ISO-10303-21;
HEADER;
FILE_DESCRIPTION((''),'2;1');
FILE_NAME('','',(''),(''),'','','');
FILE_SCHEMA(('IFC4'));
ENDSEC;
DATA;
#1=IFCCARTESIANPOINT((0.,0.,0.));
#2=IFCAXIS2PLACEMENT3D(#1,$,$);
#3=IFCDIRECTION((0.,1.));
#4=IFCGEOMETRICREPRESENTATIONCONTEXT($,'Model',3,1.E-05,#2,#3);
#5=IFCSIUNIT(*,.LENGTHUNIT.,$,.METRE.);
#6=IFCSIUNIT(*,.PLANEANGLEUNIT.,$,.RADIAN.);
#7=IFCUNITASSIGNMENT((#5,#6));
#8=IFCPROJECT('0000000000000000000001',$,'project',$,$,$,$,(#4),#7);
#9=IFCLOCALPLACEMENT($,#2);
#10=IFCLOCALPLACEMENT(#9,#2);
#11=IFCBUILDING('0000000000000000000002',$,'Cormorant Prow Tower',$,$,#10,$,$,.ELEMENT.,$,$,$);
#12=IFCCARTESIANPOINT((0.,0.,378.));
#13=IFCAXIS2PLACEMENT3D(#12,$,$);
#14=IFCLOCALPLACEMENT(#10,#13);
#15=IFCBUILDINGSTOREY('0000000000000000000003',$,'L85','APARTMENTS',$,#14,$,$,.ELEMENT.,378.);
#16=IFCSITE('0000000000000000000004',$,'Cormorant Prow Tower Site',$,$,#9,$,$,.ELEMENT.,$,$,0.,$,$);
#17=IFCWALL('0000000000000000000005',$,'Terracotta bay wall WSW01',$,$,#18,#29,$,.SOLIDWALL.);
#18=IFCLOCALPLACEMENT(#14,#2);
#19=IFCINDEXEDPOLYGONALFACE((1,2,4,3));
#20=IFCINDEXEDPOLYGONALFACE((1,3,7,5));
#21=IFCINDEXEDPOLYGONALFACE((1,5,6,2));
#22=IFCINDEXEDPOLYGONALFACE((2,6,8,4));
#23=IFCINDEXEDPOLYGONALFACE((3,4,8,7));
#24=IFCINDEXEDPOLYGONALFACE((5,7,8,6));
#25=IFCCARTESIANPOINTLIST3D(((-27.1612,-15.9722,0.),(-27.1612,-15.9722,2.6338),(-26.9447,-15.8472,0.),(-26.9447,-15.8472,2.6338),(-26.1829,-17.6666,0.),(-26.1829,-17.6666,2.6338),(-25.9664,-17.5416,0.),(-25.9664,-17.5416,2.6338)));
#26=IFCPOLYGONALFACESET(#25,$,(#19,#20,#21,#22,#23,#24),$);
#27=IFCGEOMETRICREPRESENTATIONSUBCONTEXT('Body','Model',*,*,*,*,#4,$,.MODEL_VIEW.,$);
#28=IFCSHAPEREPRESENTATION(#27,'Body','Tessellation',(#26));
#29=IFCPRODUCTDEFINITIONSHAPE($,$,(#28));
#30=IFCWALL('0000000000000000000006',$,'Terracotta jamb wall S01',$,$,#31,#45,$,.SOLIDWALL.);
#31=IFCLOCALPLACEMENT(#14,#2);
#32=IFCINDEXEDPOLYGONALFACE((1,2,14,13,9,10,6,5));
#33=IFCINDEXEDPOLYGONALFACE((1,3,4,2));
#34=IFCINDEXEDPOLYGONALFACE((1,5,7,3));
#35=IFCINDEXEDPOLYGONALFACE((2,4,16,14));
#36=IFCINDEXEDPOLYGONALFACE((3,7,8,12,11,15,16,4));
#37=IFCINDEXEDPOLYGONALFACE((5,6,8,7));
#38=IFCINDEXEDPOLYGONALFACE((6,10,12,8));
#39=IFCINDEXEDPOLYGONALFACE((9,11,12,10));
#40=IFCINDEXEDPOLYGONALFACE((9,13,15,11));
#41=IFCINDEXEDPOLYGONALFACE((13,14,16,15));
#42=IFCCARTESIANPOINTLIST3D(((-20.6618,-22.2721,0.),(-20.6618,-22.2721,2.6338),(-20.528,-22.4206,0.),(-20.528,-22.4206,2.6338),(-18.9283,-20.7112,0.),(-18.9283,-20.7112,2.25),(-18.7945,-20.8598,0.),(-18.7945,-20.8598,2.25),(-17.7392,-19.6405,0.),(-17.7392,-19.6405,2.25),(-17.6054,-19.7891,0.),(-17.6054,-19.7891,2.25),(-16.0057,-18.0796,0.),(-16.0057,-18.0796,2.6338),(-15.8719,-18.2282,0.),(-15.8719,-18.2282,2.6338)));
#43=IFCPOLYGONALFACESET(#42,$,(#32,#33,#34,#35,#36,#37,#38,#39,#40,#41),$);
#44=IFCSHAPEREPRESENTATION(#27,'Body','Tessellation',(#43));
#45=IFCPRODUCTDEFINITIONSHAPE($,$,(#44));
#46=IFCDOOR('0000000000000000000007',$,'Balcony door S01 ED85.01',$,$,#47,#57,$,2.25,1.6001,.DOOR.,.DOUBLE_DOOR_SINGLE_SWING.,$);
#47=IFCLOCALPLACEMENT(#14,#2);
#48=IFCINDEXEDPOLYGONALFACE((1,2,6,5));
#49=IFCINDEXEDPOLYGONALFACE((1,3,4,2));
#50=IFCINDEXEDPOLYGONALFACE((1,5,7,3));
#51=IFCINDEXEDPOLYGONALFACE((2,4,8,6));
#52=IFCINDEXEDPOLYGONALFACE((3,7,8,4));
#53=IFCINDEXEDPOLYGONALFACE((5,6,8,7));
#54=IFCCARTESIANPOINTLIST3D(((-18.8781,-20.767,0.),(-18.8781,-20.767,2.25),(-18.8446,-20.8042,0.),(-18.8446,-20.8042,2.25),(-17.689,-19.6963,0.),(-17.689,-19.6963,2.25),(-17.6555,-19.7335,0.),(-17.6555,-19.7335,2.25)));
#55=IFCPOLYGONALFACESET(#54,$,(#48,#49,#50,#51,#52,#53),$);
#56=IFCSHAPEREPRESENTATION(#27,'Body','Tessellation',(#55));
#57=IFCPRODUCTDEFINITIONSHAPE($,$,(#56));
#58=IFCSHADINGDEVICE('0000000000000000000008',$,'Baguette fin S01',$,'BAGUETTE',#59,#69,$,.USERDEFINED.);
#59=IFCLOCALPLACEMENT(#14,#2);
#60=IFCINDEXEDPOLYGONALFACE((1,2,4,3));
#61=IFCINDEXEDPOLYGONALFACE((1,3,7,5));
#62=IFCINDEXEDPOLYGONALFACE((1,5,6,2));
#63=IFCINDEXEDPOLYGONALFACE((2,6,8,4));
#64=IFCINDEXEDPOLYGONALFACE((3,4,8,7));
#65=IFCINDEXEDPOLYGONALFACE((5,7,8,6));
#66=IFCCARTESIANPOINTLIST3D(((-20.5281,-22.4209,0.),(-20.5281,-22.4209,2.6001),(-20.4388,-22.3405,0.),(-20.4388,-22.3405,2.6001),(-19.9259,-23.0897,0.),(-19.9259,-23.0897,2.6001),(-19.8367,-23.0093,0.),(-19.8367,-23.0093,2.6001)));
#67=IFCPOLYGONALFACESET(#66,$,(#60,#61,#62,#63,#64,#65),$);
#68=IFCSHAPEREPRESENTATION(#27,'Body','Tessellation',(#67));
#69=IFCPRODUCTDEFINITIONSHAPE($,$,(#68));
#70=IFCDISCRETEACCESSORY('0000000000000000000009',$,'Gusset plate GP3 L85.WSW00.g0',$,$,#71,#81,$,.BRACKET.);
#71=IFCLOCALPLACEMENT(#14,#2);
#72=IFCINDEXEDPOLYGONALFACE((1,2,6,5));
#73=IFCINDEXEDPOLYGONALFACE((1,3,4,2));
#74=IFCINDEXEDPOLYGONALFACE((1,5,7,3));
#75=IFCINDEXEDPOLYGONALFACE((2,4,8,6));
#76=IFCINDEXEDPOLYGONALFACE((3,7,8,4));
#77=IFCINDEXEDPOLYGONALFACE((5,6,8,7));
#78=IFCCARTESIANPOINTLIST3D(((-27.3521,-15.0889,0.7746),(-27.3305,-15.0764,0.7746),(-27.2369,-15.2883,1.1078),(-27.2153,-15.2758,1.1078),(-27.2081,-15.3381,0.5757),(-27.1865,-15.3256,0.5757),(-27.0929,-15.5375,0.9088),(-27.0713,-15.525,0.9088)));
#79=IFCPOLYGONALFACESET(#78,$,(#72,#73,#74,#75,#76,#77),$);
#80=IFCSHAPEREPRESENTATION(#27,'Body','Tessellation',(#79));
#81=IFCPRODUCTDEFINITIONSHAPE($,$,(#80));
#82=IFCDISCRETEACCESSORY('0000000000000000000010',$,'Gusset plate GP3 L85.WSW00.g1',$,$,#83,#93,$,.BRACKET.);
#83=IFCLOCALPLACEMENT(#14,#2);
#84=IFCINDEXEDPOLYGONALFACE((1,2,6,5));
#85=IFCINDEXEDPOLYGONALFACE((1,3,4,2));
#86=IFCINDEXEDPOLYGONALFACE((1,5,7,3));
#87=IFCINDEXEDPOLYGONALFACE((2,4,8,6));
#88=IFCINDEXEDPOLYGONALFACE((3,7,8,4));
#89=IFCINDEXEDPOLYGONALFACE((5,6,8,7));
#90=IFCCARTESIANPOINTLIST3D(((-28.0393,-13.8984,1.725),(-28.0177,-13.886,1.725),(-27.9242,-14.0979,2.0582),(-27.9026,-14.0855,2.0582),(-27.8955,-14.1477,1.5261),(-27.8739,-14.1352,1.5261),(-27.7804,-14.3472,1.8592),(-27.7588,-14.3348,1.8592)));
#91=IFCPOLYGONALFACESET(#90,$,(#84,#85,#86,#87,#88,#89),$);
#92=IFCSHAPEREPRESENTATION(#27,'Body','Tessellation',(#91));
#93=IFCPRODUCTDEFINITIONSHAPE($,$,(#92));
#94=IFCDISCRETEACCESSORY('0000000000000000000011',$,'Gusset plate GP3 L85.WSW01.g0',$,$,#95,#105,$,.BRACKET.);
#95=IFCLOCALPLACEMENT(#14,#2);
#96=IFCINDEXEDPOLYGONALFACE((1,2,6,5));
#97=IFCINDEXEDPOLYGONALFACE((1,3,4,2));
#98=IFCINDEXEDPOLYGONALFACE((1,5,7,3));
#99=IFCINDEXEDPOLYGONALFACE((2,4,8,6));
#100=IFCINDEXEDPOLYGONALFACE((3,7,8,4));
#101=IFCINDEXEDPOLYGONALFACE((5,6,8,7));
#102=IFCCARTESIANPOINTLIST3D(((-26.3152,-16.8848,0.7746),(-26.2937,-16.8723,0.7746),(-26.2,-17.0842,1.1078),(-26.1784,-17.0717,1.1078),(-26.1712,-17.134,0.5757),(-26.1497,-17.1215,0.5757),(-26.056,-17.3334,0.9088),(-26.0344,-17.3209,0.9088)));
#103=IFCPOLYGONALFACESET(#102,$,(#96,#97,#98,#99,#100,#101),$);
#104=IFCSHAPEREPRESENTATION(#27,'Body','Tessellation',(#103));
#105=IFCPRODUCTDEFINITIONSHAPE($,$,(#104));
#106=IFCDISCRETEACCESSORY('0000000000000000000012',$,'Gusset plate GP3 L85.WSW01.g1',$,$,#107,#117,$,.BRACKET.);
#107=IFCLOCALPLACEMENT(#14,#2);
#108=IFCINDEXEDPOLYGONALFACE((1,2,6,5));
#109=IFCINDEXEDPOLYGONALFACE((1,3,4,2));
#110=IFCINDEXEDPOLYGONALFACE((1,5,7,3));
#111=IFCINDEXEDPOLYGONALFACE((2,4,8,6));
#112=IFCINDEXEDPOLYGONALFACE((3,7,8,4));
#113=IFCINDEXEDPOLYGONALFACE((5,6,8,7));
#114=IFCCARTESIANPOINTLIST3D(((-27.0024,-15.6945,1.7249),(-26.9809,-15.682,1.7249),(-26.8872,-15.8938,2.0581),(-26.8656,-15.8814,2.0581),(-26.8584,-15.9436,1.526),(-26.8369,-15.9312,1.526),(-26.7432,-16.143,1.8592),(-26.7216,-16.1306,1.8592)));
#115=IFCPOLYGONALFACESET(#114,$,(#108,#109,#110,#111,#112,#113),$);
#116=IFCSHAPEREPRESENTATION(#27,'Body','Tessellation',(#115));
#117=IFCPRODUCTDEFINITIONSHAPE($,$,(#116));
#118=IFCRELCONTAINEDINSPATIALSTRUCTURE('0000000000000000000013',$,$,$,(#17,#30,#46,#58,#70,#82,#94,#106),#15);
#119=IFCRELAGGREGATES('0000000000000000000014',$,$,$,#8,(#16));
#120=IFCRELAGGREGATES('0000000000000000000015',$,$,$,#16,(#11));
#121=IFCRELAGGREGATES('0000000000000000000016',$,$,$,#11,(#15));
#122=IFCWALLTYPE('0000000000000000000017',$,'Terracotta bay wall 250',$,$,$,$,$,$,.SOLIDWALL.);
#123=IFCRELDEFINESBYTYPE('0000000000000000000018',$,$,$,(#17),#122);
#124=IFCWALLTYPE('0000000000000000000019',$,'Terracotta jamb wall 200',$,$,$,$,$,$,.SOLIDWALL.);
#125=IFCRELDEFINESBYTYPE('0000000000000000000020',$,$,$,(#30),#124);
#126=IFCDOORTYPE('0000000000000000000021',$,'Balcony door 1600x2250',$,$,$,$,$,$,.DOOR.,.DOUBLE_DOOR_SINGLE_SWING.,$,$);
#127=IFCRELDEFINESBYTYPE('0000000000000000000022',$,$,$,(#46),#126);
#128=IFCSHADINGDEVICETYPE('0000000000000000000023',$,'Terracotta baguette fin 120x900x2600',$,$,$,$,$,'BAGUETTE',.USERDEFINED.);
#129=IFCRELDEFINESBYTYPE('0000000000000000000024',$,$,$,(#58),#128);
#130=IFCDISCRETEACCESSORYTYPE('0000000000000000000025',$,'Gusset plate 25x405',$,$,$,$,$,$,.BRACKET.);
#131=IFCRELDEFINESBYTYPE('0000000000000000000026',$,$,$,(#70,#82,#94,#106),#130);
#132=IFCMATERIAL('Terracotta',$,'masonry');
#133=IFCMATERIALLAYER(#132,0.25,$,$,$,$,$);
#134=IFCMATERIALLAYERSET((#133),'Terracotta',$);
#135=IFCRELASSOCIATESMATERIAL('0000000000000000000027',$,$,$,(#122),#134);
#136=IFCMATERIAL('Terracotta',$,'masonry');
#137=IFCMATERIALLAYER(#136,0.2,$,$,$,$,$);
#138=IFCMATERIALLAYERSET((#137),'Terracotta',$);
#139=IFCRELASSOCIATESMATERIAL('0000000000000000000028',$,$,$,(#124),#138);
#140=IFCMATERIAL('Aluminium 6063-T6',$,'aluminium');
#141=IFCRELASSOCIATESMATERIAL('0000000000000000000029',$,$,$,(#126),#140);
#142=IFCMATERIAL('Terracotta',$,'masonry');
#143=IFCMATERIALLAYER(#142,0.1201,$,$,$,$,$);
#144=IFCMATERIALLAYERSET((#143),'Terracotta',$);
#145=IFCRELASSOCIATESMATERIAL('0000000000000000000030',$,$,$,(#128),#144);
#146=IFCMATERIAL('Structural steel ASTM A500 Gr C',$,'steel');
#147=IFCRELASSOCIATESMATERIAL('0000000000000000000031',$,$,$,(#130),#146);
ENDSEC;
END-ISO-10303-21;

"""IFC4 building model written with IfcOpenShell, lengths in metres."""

from ifc_helpers import new_model, si_unit, direction, frame, frame_2d, origin, origin_2d, place, context, subcontext, project, spatial, rectangle, extrude, material, layer, layer_set, material_profile, profile_set, type_object, element, fill, save


model = new_model("IFC4")

# Units and contexts
model_context = context("Model", 3, precision=1e-05, world=origin(), true_north=direction((0.0, 1.0)))
body_context = subcontext(model_context, "Body", "Model", "MODEL_VIEW")
ifc_project = project(units=[si_unit("LENGTHUNIT", "METRE"), si_unit("PLANEANGLEUNIT", "RADIAN")], contexts=[model_context])

# Site, building, storey
site_placement = place(None, origin())
site = spatial("IfcSite", under=ifc_project, at=site_placement, Name="Cormorant Prow Tower Site", CompositionType="ELEMENT", RefElevation=0.0)
building_placement = place(site_placement, origin())
building = spatial("IfcBuilding", under=site, at=building_placement, Name="Cormorant Prow Tower", CompositionType="ELEMENT")
storey_placement = place(building_placement, frame((0.0, 0.0, 378.0)))
storey = spatial("IfcBuildingStorey", under=building, at=storey_placement, Name="L85", Description="APARTMENTS", CompositionType="ELEMENT", Elevation=378.0)

# Wall
ifc_material_1 = material(Name="Terracotta", Category="masonry")
ifc_layer_1 = layer(ifc_material_1, 0.25)
ifc_layer_set_1 = layer_set([ifc_layer_1], Name="Terracotta")
wall_type_1 = type_object("IfcWallType", Name="Terracotta bay wall 250", PredefinedType="SOLIDWALL", material=ifc_layer_set_1)
wall_1_placement = place(storey_placement, frame((-27.053, -15.9097, 0.0), z_axis=(0.0, 0.0, 1.0), x_axis=(0.500018, -0.866015, 0.0)))
element("IfcWall", 1, at=wall_1_placement, inside=storey, type_object=wall_type_1, Name="Terracotta bay wall WSW01", PredefinedType="SOLIDWALL", context=body_context, shape_type="SweptSolid", body=[
    extrude(rectangle(XDim=1.9565, YDim=0.25, at=frame_2d((0.9783, 0.0))), origin(), (0.0, 0.0, 1.0), 2.6338),
])

# Wall, opening, door
ifc_material_2 = material(Name="Terracotta", Category="masonry")
ifc_layer_2 = layer(ifc_material_2, 0.2)
ifc_layer_set_2 = layer_set([ifc_layer_2], Name="Terracotta")
wall_type_2 = type_object("IfcWallType", Name="Terracotta jamb wall 200", PredefinedType="SOLIDWALL", material=ifc_layer_set_2)
wall_2_placement = place(storey_placement, frame((-20.595, -22.3464, 0.0), z_axis=(0.0, 0.0, 1.0), x_axis=(0.743137, 0.669139, 0.0)))
wall_2 = element("IfcWall", 2, at=wall_2_placement, inside=storey, type_object=wall_type_2, Name="Terracotta jamb wall S01", PredefinedType="SOLIDWALL", context=body_context, shape_type="SweptSolid", body=[
    extrude(rectangle(XDim=6.2654, YDim=0.2, at=frame_2d((3.1328, 0.0))), origin(), (0.0, 0.0, 1.0), 2.6338),
])
opening_1_placement = place(wall_2_placement, frame((2.3328, 0.0, 0.0)))
opening_1 = element("IfcOpeningElement", 3, at=opening_1_placement, cuts=wall_2, PredefinedType="OPENING", context=body_context, shape_type="SweptSolid", body=[
    extrude(rectangle(XDim=1.6001, YDim=2.25, at=frame_2d((0.8, 1.125))), frame((0.0, 0.1099, 0.0), z_axis=(0.0, -1.0, 0.0), x_axis=(1.0, 0.0, 0.0)), (0.0, 0.0, 1.0), 0.22),
])
ifc_material_3 = material(Name="Aluminium 6063-T6", Category="aluminium")
door_type_1 = type_object("IfcDoorType", Name="Balcony door 1600x2250", OperationType="DOUBLE_DOOR_SINGLE_SWING", PredefinedType="DOOR", material=ifc_material_3)
door_1_placement = place(opening_1_placement, origin())
door_1 = element("IfcDoor", 4, at=door_1_placement, inside=storey, type_object=door_type_1, Name="Balcony door S01 ED85.01", OperationType="DOUBLE_DOOR_SINGLE_SWING", OverallHeight=2.25, OverallWidth=1.6001, PredefinedType="DOOR", context=body_context, shape_type="SweptSolid", body=[
    extrude(rectangle(XDim=1.6001, YDim=2.25, at=frame_2d((0.8, 1.125))), frame((0.0, 0.0249, 0.0), z_axis=(0.0, -1.0, 0.0), x_axis=(1.0, 0.0, 0.0)), (0.0, 0.0, 1.0), 0.05),
])
fill(opening_1, door_1)

# Shading device
ifc_material_4 = material(Name="Terracotta", Category="masonry")
ifc_layer_3 = layer(ifc_material_4, 0.1201)
ifc_layer_set_3 = layer_set([ifc_layer_3], Name="Terracotta")
shading_device_type = type_object("IfcShadingDeviceType", Name="Terracotta baguette fin 120x900x2600", ElementType="BAGUETTE", PredefinedType="USERDEFINED", material=ifc_layer_set_3)
shading_device_placement = place(storey_placement, frame((-20.1824, -22.7151, 0.0), z_axis=(0.0, 0.0, 1.0), x_axis=(0.743145, 0.669131, 0.0)))
element("IfcShadingDevice", 5, at=shading_device_placement, inside=storey, type_object=shading_device_type, Name="Baguette fin S01", ObjectType="BAGUETTE", PredefinedType="USERDEFINED", context=body_context, shape_type="SweptSolid", body=[
    extrude(rectangle(XDim=0.1201, YDim=0.8999, at=origin_2d()), origin(), (0.0, 0.0, 1.0), 2.6001),
])

# Discrete accessories
ifc_material_5 = material(Name="Structural steel ASTM A500 Gr C", Category="steel")
ifc_material_profile_1 = material_profile(ifc_material_5, rectangle(XDim=0.0249, YDim=0.405, at=origin_2d()), Name="Gusset plate 25x405")
ifc_profile_set_1 = profile_set([ifc_material_profile_1], Name="Structural steel ASTM A500 Gr C")
discrete_accessory_type = type_object("IfcDiscreteAccessoryType", Name="Gusset plate 25x405", PredefinedType="BRACKET", material=ifc_profile_set_1)
for number, where, z_axis, x_axis, name in (
    (6, (-27.2837, -15.1824, 0.9412), (0.411596, -0.71227, -0.56856), (0.865832, 0.500334, 0.0), "Gusset plate GP3 L85.WSW00.g0"),
    (7, (-27.8271, -14.2412, 1.6926), (-0.411016, 0.712474, 0.568723), (-0.8662, -0.499698, 0.0), "Gusset plate GP3 L85.WSW00.g1"),
    (8, (-26.2468, -16.9783, 0.9412), (0.411596, -0.71227, -0.56856), (0.865832, 0.500334, 0.0), "Gusset plate GP3 L85.WSW01.g0"),
    (9, (-26.79, -16.0371, 1.6926), (-0.411596, 0.71227, 0.56856), (-0.865832, -0.500334, 0.0), "Gusset plate GP3 L85.WSW01.g1"),
):
    element("IfcDiscreteAccessory", number, at=place(storey_placement, frame(where, z_axis=z_axis, x_axis=x_axis)), inside=storey, type_object=discrete_accessory_type, Name=name, PredefinedType="BRACKET", context=body_context, shape_type="SweptSolid", body=[
        extrude(rectangle(XDim=0.0249, YDim=0.405, at=origin_2d()), origin(), (0.0, 0.0, 1.0), 0.3499),
    ])

save(model, "model.ifc")
